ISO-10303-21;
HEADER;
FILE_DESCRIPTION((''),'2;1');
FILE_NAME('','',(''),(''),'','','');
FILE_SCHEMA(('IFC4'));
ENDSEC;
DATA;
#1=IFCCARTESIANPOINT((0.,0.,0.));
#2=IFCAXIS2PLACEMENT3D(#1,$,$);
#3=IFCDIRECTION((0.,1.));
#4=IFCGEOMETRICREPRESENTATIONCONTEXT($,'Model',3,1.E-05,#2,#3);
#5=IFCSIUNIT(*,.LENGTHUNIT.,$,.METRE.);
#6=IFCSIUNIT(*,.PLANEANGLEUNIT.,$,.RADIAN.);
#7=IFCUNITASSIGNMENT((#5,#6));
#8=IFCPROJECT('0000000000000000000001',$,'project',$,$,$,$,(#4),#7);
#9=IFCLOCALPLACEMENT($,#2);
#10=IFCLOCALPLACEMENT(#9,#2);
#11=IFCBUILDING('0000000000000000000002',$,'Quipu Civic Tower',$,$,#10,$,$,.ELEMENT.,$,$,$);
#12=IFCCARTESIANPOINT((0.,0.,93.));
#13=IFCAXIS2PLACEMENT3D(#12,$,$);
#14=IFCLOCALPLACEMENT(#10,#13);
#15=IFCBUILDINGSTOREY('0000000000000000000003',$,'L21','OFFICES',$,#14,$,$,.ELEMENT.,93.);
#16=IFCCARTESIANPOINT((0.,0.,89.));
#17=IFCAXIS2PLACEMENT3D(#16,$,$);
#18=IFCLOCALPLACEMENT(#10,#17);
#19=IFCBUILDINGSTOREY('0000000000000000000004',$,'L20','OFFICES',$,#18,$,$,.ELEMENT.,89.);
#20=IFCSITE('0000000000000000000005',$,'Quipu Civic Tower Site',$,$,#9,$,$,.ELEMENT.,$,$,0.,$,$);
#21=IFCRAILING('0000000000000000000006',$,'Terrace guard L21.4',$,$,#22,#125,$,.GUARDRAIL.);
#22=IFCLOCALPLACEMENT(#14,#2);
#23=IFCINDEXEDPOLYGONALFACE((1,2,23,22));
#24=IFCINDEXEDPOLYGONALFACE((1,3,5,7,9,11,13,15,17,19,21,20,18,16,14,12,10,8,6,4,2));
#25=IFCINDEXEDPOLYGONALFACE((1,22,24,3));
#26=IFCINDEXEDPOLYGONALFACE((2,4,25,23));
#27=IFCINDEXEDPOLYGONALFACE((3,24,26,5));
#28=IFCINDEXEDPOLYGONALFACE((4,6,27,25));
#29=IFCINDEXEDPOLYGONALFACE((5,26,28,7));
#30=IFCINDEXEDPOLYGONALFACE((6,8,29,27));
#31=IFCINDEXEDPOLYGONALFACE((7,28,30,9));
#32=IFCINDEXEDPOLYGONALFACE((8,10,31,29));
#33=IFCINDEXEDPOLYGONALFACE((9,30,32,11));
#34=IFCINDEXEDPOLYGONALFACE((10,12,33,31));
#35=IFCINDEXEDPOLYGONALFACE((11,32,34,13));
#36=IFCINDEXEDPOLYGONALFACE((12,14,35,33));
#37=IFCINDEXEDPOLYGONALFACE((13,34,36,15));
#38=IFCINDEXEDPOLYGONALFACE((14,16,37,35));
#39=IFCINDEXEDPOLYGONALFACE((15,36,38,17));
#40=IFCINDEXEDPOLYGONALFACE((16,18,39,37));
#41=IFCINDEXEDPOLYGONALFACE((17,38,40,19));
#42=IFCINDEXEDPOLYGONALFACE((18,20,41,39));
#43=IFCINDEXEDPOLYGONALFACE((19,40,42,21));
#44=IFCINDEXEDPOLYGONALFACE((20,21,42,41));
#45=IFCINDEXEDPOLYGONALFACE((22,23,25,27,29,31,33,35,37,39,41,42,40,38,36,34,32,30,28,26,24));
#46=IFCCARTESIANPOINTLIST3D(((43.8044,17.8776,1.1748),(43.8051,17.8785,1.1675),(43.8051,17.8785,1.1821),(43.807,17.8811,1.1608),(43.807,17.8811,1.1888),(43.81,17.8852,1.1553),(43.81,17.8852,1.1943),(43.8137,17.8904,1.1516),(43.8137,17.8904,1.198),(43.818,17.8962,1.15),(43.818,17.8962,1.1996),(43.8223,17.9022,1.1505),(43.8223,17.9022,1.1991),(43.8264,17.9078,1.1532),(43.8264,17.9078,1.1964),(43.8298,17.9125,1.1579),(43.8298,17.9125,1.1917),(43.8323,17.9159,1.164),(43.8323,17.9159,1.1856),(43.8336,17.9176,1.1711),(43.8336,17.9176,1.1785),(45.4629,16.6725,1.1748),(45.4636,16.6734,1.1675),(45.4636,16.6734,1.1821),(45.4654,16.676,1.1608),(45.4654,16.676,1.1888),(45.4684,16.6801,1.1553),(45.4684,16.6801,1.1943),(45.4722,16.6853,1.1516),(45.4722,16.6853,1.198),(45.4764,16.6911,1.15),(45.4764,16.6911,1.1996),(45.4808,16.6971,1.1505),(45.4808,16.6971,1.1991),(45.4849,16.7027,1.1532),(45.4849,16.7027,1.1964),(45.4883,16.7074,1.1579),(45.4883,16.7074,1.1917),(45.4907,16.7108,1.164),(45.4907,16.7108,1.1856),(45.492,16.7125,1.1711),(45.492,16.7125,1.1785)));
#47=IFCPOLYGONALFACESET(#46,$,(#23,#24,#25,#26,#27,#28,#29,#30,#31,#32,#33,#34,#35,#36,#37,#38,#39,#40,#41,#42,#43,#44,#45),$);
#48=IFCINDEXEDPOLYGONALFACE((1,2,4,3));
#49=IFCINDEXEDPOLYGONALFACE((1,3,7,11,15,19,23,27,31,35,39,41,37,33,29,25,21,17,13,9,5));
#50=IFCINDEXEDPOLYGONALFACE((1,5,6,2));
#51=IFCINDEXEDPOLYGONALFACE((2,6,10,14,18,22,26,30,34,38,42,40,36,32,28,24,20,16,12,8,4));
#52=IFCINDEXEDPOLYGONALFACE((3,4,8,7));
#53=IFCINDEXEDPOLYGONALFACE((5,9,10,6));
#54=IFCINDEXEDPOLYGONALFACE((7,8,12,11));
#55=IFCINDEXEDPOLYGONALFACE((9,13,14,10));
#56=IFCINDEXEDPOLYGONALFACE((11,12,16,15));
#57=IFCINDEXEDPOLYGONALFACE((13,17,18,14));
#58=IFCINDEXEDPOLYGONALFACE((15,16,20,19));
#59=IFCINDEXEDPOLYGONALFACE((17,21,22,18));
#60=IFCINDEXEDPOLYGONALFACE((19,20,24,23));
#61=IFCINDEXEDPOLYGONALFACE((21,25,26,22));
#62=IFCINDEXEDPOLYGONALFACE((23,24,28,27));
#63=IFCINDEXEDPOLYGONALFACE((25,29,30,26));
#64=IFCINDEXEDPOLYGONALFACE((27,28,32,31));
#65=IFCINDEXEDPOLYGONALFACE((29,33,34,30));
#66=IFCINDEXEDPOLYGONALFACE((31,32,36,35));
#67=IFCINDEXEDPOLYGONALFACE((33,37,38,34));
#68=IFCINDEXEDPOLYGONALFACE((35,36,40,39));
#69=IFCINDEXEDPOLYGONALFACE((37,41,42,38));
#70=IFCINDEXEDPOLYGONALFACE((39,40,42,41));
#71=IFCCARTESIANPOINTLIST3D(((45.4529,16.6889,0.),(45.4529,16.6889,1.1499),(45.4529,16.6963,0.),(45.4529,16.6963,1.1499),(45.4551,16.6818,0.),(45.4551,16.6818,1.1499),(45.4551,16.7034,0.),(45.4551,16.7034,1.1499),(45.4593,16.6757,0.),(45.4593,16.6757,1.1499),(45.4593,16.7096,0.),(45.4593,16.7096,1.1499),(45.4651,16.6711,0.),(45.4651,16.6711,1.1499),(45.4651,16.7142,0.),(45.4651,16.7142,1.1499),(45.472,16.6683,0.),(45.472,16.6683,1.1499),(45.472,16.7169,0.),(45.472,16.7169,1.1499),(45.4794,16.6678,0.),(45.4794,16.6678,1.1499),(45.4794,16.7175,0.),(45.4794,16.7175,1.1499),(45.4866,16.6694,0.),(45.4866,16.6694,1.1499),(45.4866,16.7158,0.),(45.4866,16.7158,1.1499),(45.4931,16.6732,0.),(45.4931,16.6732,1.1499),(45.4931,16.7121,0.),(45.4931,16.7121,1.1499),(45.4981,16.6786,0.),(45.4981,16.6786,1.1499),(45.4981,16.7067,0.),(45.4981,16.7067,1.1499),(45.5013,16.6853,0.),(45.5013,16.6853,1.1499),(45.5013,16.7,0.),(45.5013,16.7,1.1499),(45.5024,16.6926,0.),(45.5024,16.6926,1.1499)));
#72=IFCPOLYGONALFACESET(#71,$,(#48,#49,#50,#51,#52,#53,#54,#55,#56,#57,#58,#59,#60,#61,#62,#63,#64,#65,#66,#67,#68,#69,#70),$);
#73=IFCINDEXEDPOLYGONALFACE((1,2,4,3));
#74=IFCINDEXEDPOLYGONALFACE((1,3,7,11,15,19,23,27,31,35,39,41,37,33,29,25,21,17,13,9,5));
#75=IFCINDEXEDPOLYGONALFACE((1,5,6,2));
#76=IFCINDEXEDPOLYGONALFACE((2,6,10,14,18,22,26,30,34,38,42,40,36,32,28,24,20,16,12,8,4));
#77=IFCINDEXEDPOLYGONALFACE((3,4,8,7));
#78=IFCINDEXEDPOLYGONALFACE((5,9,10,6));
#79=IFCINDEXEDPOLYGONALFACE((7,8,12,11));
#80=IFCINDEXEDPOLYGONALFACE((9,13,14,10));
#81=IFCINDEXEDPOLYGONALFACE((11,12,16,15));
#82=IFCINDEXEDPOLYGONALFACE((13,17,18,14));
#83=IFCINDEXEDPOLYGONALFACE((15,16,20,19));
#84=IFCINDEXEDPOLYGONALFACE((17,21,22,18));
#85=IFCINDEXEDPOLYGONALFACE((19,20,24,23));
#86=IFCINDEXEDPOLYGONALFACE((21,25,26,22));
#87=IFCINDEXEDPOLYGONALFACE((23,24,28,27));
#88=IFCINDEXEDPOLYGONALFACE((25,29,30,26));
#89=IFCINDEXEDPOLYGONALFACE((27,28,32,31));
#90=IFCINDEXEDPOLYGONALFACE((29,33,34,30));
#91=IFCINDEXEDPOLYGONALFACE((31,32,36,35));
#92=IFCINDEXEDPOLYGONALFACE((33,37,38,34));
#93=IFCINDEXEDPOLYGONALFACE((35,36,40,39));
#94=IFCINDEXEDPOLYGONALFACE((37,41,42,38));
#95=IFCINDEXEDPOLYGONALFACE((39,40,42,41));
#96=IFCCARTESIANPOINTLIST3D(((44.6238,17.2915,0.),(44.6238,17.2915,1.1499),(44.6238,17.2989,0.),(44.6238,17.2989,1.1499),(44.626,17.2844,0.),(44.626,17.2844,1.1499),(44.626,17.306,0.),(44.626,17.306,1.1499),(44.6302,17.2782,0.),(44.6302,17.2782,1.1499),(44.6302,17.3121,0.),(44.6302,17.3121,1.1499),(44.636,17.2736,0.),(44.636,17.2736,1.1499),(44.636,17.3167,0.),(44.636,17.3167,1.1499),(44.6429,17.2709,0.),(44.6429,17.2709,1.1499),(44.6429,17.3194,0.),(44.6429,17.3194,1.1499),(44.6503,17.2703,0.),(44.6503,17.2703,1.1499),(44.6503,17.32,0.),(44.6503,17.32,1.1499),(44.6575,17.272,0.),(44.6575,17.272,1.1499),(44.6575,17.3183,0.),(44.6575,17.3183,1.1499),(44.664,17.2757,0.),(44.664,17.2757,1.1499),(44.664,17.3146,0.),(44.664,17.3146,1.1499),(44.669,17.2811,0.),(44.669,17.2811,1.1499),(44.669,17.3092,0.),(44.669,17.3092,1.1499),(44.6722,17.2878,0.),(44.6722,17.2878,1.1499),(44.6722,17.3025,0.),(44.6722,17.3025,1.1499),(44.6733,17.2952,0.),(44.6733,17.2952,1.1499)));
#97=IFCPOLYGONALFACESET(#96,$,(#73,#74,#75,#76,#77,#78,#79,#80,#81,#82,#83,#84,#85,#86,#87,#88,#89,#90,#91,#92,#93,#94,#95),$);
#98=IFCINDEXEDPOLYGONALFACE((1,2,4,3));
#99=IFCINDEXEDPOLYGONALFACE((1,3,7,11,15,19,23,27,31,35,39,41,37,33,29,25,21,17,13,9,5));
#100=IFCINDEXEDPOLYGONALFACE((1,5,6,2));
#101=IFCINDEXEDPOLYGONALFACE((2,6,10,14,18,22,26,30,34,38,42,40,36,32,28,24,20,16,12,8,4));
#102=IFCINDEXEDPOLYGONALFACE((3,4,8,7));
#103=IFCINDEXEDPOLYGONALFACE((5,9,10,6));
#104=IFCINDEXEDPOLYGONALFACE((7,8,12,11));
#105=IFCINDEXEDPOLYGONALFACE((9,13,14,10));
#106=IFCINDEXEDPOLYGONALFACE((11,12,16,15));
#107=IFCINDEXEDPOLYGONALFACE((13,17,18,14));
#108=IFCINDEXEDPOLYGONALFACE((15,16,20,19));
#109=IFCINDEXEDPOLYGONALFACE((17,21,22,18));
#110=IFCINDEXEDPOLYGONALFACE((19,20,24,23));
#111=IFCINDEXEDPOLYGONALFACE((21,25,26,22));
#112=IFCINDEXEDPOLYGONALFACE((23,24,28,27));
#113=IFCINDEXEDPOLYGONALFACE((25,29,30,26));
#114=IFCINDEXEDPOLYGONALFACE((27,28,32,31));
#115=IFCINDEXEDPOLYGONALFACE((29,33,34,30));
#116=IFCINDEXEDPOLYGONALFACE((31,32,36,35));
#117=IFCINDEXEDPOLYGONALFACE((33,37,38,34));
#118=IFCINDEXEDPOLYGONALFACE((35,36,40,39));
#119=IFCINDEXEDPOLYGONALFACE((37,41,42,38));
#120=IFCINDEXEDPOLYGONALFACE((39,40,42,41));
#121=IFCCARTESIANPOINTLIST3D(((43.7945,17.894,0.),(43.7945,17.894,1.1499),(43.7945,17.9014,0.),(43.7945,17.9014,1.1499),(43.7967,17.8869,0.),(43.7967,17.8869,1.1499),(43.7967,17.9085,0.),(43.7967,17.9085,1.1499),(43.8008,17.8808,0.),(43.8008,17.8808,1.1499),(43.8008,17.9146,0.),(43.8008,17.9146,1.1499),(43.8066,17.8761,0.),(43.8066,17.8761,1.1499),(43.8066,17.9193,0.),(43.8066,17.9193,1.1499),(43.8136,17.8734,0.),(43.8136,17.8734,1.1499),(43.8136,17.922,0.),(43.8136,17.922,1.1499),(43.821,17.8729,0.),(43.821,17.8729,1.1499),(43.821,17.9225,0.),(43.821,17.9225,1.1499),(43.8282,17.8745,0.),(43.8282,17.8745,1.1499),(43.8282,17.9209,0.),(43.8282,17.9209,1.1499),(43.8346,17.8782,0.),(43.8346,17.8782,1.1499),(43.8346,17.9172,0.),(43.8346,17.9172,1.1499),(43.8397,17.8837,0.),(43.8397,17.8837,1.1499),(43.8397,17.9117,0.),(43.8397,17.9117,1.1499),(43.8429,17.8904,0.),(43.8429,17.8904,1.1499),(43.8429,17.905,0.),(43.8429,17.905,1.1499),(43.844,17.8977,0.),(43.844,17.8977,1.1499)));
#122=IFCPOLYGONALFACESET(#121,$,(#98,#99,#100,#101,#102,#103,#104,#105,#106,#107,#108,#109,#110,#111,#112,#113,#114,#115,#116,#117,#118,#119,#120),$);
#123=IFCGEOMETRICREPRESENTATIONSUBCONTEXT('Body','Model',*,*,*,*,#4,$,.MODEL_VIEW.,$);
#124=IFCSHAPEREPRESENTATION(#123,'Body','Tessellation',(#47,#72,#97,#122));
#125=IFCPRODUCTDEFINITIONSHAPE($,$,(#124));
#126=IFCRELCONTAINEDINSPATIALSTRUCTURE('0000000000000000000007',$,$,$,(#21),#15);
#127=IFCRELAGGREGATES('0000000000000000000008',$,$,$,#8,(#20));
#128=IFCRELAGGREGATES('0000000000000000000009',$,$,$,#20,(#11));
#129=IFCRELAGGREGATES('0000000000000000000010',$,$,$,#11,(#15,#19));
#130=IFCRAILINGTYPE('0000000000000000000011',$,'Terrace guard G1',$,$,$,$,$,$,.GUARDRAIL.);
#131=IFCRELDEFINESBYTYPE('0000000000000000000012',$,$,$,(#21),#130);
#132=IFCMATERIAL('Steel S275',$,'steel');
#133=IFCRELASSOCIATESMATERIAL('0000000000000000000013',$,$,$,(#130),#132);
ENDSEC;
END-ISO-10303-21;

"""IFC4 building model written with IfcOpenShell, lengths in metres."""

from ifc_helpers import new_model, si_unit, direction, frame, origin, origin_2d, place, context, subcontext, project, spatial, circle, extrude, material, type_object, element, save


model = new_model("IFC4")

# Units and contexts
model_context = context("Model", 3, precision=1e-05, world=origin(), true_north=direction((0.0, 1.0)))
body_context = subcontext(model_context, "Body", "Model", "MODEL_VIEW")
ifc_project = project(units=[si_unit("LENGTHUNIT", "METRE"), si_unit("PLANEANGLEUNIT", "RADIAN")], contexts=[model_context])

# Site, building, storey
site_placement = place(None, origin())
site = spatial("IfcSite", under=ifc_project, at=site_placement, Name="Quipu Civic Tower Site", CompositionType="ELEMENT", RefElevation=0.0)
building_placement = place(site_placement, origin())
building = spatial("IfcBuilding", under=site, at=building_placement, Name="Quipu Civic Tower", CompositionType="ELEMENT")
storey_1_placement = place(building_placement, frame((0.0, 0.0, 93.0)))
storey_1 = spatial("IfcBuildingStorey", under=building, at=storey_1_placement, Name="L21", Description="OFFICES", CompositionType="ELEMENT", Elevation=93.0)

# Shared definitions
storey_2_placement = place(building_placement, frame((0.0, 0.0, 89.0)))
storey_2 = spatial("IfcBuildingStorey", under=building, at=storey_2_placement, Name="L20", Description="OFFICES", CompositionType="ELEMENT", Elevation=89.0)

# Railing
ifc_material_1 = material(Name="Steel S275", Category="steel")
railing_type = type_object("IfcRailingType", Name="Terrace guard G1", PredefinedType="GUARDRAIL", material=ifc_material_1)
railing_1_placement = place(storey_1_placement, frame((45.4775, 16.6926, 0.0)))
element("IfcRailing", 1, at=railing_1_placement, inside=storey_1, type_object=railing_type, Name="Terrace guard L21.4", PredefinedType="GUARDRAIL", context=body_context, shape_type="SweptSolid", body=[
    extrude(circle(Radius=0.0249, at=origin_2d()), frame((0.0, 0.0, 1.1748), z_axis=(-0.808983, 0.587832, 0.0), x_axis=(-0.587832, -0.808983, 0.0)), (0.0, 0.0, 1.0), 2.05),
    extrude(circle(Radius=0.0249, at=origin_2d()), origin(), (0.0, 0.0, 1.0), 1.1499),
    extrude(circle(Radius=0.0249, at=origin_2d()), frame((-0.8291, 0.6025, 0.0)), (0.0, 0.0, 1.0), 1.1499),
    extrude(circle(Radius=0.0249, at=origin_2d()), frame((-1.6584, 1.2051, 0.0)), (0.0, 0.0, 1.0), 1.1499),
])

save(model, "model.ifc")
